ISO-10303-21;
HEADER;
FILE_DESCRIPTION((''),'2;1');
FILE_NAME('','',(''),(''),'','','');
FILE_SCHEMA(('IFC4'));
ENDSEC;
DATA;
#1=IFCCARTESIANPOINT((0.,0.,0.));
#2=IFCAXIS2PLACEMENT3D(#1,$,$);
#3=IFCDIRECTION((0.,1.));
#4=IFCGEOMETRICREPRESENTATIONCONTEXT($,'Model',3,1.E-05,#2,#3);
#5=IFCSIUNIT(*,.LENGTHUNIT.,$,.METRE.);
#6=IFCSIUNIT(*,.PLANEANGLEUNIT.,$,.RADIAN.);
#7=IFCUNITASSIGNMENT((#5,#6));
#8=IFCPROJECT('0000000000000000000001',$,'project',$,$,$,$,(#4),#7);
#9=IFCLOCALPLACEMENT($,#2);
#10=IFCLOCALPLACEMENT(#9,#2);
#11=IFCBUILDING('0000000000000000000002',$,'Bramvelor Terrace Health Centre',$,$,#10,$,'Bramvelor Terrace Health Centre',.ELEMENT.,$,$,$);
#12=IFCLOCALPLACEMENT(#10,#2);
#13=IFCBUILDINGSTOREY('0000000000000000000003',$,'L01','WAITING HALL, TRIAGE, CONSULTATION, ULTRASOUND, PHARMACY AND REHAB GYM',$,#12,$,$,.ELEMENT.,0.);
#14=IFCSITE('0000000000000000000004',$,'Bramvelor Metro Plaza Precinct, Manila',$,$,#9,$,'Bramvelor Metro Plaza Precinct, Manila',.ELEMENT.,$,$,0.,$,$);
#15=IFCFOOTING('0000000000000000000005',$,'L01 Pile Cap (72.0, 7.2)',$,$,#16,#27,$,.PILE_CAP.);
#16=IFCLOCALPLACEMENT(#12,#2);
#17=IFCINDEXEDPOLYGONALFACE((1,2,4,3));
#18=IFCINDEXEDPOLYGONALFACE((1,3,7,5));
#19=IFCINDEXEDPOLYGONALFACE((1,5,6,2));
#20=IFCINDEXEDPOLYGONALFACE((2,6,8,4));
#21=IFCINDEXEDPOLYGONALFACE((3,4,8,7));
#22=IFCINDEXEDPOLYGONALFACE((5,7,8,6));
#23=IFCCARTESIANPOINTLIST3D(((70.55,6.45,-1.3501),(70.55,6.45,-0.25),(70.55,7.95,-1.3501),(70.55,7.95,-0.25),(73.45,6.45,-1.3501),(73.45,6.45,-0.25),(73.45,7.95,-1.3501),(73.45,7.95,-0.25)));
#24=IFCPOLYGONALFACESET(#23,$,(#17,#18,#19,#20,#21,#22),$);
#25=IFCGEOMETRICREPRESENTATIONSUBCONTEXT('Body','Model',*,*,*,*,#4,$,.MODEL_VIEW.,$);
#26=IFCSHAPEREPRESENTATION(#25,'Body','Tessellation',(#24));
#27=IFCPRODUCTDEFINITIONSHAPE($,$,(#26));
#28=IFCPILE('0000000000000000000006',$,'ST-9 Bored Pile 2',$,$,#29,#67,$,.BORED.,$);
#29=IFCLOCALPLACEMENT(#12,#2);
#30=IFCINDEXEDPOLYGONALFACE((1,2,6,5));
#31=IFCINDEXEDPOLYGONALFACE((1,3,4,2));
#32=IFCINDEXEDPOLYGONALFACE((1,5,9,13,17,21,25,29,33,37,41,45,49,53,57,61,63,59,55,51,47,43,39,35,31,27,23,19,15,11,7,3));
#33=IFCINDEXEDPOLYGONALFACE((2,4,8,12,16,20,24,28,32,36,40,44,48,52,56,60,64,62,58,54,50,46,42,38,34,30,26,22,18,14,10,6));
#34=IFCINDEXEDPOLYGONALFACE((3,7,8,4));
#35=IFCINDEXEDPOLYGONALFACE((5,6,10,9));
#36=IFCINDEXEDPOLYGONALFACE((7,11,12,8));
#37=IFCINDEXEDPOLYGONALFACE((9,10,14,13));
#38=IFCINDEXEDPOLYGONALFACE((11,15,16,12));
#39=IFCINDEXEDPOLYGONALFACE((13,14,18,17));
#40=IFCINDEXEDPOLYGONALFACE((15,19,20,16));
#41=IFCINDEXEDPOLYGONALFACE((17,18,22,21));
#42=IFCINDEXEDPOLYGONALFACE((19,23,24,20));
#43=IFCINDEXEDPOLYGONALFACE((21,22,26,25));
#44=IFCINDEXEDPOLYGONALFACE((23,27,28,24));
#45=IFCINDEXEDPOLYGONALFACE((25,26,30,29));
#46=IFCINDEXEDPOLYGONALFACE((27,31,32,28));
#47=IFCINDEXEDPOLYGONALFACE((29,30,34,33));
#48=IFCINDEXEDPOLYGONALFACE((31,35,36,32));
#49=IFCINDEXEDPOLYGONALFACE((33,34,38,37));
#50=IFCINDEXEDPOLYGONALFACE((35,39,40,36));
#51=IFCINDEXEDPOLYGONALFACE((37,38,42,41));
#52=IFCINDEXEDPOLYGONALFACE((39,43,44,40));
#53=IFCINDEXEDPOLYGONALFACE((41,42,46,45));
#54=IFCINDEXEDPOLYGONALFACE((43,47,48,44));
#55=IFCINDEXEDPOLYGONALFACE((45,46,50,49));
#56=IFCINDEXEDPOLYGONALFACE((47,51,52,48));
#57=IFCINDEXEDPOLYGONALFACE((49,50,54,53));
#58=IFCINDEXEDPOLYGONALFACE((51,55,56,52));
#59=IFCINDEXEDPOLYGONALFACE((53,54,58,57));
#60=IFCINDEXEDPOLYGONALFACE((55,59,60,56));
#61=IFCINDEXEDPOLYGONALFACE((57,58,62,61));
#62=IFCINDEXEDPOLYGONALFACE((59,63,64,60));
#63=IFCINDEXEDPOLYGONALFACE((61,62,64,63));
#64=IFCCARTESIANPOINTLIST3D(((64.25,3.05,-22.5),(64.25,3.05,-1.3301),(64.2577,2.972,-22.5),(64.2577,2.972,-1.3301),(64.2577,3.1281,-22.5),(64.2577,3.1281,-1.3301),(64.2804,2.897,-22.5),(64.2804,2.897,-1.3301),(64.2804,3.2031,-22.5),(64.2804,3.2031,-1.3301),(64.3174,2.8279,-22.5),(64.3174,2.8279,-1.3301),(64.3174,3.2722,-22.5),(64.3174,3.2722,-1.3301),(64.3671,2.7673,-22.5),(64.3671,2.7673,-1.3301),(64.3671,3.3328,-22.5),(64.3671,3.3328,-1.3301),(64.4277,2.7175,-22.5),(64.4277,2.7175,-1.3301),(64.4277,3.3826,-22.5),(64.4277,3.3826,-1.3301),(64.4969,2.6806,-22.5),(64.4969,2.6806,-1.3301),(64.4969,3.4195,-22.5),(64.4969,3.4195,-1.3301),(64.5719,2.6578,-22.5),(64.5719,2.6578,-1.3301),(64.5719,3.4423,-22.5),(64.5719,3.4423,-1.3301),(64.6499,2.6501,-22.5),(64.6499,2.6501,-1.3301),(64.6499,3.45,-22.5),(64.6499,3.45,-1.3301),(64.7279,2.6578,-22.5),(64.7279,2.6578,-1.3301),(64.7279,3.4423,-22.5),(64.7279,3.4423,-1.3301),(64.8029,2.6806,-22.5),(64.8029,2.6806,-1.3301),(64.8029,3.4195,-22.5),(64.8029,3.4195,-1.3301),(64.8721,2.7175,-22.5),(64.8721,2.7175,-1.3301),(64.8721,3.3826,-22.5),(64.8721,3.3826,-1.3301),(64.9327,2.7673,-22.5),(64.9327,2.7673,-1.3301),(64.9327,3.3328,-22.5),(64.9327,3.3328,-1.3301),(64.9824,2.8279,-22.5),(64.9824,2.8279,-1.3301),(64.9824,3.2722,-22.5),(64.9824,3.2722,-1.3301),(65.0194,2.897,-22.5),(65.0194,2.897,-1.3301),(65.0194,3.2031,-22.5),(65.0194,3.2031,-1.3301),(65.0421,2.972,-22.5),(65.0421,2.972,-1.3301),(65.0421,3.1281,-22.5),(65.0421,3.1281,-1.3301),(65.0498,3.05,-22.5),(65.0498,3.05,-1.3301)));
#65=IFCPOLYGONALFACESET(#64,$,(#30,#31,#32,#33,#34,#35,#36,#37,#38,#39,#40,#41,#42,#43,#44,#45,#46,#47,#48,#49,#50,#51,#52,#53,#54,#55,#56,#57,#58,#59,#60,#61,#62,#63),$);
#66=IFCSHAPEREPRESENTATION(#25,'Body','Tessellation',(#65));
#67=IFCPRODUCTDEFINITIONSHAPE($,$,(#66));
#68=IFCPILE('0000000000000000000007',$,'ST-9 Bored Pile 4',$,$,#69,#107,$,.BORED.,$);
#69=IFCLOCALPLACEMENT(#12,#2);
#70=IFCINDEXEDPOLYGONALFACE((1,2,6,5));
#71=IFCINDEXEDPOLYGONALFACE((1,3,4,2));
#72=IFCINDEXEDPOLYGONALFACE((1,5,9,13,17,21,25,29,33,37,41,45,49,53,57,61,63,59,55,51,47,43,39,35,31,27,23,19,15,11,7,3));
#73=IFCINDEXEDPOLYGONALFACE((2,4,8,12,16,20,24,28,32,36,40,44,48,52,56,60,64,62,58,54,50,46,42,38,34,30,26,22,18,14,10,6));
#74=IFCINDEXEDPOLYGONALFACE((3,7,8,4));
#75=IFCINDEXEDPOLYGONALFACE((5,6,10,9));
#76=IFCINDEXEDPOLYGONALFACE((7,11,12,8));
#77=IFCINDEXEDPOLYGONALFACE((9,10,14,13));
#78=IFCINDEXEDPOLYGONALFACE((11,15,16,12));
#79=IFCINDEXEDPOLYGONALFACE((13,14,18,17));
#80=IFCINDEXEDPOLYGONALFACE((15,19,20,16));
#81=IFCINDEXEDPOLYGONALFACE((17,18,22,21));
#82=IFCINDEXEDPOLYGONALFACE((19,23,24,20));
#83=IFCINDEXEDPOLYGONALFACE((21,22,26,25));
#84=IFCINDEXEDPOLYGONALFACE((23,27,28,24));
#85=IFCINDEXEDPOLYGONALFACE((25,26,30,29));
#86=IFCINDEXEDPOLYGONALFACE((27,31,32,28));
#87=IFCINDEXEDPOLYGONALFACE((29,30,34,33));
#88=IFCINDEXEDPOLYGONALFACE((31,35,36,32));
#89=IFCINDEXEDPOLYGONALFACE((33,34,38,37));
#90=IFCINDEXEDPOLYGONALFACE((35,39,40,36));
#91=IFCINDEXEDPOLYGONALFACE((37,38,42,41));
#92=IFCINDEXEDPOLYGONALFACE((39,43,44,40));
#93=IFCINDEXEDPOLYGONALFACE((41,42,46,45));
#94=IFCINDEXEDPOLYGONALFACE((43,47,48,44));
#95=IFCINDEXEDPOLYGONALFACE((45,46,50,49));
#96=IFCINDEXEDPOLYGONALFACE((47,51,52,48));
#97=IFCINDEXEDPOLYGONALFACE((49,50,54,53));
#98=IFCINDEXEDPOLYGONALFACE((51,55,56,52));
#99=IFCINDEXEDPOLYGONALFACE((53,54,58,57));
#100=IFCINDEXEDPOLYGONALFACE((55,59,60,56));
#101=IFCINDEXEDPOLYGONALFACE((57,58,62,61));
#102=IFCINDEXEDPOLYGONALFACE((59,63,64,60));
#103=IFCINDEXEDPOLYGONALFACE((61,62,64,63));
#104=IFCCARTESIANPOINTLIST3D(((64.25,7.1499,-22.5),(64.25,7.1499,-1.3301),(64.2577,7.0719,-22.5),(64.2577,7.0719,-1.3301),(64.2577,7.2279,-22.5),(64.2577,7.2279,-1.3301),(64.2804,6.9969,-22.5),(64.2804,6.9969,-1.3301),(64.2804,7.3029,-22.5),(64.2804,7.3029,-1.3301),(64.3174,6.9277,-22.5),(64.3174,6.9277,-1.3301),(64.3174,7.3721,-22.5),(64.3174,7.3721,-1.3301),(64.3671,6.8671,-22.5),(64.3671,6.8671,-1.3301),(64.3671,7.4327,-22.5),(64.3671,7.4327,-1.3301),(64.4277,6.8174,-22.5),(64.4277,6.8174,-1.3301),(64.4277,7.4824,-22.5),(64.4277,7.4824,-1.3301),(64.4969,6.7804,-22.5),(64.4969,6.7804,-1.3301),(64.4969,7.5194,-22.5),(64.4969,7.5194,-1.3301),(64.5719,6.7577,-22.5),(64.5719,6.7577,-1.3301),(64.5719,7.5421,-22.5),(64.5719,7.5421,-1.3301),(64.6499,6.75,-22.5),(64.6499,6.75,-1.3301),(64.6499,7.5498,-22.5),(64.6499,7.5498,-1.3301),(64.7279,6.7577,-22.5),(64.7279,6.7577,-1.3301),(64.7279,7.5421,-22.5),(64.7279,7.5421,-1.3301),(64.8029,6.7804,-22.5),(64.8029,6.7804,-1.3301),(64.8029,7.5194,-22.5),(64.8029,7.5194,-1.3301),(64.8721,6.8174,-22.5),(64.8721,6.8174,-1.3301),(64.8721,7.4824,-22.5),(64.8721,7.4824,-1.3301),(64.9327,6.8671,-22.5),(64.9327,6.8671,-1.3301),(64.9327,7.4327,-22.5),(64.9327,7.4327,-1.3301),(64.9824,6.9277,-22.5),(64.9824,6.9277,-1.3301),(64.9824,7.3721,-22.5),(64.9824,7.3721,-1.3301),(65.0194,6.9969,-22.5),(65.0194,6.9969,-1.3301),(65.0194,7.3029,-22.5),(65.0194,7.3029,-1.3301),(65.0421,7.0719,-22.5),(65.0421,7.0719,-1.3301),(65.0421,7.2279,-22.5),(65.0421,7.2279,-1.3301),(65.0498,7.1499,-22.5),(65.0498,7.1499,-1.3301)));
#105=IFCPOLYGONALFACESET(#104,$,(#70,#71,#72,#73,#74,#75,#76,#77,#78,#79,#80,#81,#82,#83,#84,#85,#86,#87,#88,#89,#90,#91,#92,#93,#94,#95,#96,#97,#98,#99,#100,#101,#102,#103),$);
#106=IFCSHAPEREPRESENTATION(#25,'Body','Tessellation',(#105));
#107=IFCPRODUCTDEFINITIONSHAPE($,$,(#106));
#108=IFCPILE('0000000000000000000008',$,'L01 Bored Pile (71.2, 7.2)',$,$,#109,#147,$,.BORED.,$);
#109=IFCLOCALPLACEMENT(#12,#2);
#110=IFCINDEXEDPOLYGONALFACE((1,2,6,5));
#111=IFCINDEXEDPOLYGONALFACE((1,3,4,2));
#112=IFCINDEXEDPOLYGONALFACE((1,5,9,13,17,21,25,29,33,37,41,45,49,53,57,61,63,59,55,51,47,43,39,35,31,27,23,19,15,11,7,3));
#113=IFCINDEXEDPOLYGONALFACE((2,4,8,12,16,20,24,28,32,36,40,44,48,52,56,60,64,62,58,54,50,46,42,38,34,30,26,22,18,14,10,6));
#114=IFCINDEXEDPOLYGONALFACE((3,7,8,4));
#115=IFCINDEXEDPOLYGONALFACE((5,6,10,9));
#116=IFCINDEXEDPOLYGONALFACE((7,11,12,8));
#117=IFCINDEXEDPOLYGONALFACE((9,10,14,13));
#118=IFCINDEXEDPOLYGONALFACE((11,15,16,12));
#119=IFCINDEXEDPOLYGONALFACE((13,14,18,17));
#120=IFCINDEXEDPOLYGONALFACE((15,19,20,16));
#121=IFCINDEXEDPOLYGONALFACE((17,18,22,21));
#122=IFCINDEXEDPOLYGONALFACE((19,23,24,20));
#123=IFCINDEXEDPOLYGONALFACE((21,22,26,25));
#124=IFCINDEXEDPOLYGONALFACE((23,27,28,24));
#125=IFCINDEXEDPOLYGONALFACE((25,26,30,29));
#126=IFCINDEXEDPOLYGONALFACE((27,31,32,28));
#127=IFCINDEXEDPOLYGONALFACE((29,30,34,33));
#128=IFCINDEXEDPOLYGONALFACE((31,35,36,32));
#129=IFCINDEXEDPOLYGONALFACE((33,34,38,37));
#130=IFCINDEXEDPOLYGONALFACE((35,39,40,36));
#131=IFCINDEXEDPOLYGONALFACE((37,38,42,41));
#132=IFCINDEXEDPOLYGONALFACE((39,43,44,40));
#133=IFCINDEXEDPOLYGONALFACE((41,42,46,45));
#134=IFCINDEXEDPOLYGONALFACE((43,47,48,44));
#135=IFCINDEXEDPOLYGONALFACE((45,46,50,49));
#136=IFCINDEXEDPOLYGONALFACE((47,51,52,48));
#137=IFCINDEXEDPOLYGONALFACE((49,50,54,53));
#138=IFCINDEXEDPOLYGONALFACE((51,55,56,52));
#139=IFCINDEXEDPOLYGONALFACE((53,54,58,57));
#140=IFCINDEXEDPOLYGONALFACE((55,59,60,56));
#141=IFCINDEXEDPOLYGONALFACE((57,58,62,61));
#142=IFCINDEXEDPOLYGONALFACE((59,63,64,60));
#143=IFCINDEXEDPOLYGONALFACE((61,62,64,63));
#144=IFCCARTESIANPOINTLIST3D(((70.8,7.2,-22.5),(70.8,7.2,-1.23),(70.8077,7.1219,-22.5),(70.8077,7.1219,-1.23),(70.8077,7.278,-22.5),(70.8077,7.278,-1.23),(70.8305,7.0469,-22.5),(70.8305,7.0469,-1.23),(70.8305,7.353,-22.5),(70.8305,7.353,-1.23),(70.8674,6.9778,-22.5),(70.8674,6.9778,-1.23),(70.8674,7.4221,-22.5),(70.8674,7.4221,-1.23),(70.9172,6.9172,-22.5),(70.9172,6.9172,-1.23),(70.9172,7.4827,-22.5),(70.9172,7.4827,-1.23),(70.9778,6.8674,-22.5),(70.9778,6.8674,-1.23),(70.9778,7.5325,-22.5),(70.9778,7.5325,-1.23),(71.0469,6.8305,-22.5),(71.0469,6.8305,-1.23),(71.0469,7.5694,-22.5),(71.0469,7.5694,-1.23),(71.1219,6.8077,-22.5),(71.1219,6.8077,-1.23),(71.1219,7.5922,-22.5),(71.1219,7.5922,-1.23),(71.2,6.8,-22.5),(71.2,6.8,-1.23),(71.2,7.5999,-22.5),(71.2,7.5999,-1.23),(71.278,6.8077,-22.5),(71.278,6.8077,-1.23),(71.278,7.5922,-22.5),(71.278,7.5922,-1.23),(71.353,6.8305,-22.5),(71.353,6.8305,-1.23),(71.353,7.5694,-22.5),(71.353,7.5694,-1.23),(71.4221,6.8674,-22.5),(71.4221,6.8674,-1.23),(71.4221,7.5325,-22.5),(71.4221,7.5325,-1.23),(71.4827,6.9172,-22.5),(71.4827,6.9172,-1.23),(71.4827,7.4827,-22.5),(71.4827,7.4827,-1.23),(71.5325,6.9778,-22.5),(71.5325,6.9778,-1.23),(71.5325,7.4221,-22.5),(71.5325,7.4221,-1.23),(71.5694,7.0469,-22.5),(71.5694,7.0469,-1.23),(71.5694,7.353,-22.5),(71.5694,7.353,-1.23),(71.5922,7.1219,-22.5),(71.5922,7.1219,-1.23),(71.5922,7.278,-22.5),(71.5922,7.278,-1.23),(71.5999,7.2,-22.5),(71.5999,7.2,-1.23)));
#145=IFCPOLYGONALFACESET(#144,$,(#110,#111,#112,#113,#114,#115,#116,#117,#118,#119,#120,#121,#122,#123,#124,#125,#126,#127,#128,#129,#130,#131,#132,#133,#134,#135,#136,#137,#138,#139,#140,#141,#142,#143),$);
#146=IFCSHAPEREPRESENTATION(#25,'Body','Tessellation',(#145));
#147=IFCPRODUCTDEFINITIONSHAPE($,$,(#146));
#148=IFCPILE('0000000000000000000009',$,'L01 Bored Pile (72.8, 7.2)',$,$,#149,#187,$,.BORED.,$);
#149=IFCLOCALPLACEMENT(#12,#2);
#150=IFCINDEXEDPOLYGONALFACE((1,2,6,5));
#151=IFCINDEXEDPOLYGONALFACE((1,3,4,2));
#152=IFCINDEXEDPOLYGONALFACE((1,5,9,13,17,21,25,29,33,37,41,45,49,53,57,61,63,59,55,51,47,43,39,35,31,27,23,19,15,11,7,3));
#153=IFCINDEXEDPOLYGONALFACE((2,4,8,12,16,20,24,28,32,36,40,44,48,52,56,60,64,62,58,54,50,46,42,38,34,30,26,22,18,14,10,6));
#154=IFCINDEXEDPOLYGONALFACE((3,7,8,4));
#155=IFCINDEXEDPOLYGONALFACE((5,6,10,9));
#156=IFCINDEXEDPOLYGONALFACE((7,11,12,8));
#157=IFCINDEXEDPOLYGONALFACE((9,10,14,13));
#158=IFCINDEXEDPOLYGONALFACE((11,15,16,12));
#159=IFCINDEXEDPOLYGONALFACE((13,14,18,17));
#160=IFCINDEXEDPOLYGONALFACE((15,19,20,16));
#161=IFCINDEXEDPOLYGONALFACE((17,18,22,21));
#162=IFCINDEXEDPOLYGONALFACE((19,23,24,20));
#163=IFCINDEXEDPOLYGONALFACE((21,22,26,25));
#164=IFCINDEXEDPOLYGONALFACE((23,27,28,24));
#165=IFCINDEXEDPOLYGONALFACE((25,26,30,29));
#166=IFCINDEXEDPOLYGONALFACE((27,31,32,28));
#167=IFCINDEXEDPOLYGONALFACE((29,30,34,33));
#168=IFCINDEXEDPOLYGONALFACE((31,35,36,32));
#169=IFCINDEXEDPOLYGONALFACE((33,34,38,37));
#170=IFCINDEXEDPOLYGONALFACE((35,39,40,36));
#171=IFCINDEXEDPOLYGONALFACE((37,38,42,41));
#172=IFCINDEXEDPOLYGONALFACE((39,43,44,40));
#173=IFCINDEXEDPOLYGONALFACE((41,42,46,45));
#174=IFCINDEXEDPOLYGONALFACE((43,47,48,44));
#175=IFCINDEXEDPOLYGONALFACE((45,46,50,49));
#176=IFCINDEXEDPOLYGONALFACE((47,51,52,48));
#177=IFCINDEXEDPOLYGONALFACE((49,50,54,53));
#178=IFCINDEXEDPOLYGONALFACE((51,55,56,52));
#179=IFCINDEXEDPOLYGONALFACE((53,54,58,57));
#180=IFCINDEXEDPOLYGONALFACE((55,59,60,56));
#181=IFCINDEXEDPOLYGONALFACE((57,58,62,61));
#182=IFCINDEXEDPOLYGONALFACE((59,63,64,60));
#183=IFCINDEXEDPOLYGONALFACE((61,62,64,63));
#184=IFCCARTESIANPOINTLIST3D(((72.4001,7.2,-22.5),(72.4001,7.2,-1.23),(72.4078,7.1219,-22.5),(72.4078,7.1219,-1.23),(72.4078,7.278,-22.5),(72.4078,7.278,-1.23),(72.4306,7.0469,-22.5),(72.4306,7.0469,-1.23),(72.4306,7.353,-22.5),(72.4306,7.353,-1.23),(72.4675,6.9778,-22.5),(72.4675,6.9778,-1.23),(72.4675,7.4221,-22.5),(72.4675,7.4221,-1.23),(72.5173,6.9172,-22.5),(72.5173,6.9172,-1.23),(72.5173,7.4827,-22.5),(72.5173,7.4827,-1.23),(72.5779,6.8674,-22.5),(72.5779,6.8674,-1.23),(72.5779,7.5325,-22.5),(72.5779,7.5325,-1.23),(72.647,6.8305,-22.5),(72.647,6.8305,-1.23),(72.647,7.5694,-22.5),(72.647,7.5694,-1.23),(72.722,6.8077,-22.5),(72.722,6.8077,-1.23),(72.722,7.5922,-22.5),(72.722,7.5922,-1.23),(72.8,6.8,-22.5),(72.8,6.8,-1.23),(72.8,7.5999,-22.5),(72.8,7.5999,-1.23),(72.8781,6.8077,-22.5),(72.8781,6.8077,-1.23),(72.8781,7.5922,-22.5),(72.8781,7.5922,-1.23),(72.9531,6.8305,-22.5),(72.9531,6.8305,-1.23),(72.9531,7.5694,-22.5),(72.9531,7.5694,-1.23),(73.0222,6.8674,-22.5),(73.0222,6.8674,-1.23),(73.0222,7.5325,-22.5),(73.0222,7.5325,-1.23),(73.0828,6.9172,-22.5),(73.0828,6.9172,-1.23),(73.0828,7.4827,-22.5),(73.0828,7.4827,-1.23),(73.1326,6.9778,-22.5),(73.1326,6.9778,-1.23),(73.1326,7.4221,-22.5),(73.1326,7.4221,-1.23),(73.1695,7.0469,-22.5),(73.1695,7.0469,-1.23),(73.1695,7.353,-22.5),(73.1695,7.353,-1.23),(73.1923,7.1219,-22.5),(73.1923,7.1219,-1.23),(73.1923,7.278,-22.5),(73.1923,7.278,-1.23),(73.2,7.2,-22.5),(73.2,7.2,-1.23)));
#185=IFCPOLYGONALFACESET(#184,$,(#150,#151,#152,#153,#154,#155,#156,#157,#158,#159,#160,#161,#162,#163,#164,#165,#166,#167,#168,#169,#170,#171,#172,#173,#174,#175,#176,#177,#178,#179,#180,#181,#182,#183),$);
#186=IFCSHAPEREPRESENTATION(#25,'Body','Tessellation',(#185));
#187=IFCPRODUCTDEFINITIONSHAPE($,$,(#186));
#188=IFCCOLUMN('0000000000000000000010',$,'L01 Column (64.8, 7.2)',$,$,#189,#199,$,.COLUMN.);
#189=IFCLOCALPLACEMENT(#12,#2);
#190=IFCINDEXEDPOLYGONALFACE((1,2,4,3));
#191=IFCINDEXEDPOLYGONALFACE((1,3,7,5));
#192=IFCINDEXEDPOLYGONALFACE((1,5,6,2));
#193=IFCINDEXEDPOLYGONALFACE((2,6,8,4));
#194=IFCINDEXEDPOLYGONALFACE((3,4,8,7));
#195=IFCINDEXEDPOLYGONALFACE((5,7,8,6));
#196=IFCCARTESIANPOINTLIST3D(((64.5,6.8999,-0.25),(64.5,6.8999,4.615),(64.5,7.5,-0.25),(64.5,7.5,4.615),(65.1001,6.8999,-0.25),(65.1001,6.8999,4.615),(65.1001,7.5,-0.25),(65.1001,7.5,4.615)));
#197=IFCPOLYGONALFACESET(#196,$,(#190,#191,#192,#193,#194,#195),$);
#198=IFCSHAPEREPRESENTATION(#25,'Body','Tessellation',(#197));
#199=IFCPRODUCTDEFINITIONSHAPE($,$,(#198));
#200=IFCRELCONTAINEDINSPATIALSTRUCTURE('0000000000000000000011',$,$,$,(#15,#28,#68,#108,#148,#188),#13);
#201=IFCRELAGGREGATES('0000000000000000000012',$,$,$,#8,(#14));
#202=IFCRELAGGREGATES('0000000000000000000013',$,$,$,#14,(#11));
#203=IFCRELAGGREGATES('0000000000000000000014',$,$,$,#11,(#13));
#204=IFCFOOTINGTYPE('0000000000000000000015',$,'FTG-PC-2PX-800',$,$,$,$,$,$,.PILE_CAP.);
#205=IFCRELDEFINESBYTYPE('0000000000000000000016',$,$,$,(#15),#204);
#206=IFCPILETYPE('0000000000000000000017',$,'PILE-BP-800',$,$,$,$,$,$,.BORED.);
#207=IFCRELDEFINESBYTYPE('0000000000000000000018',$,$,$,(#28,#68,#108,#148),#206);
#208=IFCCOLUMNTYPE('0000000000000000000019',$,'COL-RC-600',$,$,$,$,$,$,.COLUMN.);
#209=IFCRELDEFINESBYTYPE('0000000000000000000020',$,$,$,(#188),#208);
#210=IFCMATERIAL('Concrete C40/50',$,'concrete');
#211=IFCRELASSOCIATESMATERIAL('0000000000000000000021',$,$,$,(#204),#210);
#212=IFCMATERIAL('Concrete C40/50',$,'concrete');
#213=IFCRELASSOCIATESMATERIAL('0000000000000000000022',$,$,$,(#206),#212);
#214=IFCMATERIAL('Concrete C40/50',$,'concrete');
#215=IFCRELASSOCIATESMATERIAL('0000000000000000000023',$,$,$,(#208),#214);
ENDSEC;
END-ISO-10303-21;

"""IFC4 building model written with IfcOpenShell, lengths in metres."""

from ifc_helpers import new_model, si_unit, direction, frame, origin, origin_2d, place, context, subcontext, project, spatial, rectangle, circle, extrude, material, material_profile, profile_set, type_object, element, save


model = new_model("IFC4")

# Units and contexts
model_context = context("Model", 3, precision=1e-05, world=origin(), true_north=direction((0.0, 1.0)))
body_context = subcontext(model_context, "Body", "Model", "MODEL_VIEW")
ifc_project = project(units=[si_unit("LENGTHUNIT", "METRE"), si_unit("PLANEANGLEUNIT", "RADIAN")], contexts=[model_context])

# Site, building, storey
site_placement = place(None, origin())
site = spatial("IfcSite", under=ifc_project, at=site_placement, Name="Bramvelor Metro Plaza Precinct, Manila", LongName="Bramvelor Metro Plaza Precinct, Manila", CompositionType="ELEMENT", RefElevation=0.0)
building_placement = place(site_placement, origin())
building = spatial("IfcBuilding", under=site, at=building_placement, Name="Bramvelor Terrace Health Centre", LongName="Bramvelor Terrace Health Centre", CompositionType="ELEMENT")
storey_placement = place(building_placement, origin())
storey = spatial("IfcBuildingStorey", under=building, at=storey_placement, Name="L01", Description="WAITING HALL, TRIAGE, CONSULTATION, ULTRASOUND, PHARMACY AND REHAB GYM", CompositionType="ELEMENT", Elevation=0.0)

# Footing
ifc_material_1 = material(Name="Concrete C40/50", Category="concrete")
footing_type = type_object("IfcFootingType", Name="FTG-PC-2PX-800", PredefinedType="PILE_CAP", material=ifc_material_1)
footing_placement = place(storey_placement, frame((72.0, 7.2, -1.3501), z_axis=(0.0, 0.0, 1.0), x_axis=(1.0, 0.0, 0.0)))
element("IfcFooting", 1, at=footing_placement, inside=storey, type_object=footing_type, Name="L01 Pile Cap (72.0, 7.2)", PredefinedType="PILE_CAP", context=body_context, shape_type="SweptSolid", body=[
    extrude(rectangle(XDim=2.8999, YDim=1.5, at=origin_2d()), origin(), (0.0, 0.0, 1.0), 1.1001),
])

# Piles
ifc_material_2 = material(Name="Concrete C40/50", Category="concrete")
ifc_material_profile_1 = material_profile(ifc_material_2, circle(Radius=0.3999, at=origin_2d()), Name="BP D800")
ifc_profile_set_1 = profile_set([ifc_material_profile_1], Name="Concrete C40/50")
pile_type = type_object("IfcPileType", Name="PILE-BP-800", PredefinedType="BORED", material=ifc_profile_set_1)
for number, where, z_axis, x_axis, name in (
    (2, (64.6499, 3.05, -1.3301), (0.0, 0.0, -1.0), (1.0, 0.0, 0.0), "ST-9 Bored Pile 2"),
    (3, (64.6499, 7.1499, -1.3301), (0.0, 0.0, -1.0), (1.0, 0.0, 0.0), "ST-9 Bored Pile 4"),
):
    element("IfcPile", number, at=place(storey_placement, frame(where, z_axis=z_axis, x_axis=x_axis)), inside=storey, type_object=pile_type, Name=name, PredefinedType="BORED", context=body_context, shape_type="SweptSolid", body=[
        extrude(circle(Radius=0.3999, at=origin_2d()), origin(), (0.0, 0.0, 1.0), 21.1699),
    ])
for number, where, z_axis, x_axis, name in (
    (4, (71.2, 7.2, -1.23), (0.0, 0.0, -1.0), (1.0, 0.0, 0.0), "L01 Bored Pile (71.2, 7.2)"),
    (5, (72.8, 7.2, -1.23), (0.0, 0.0, -1.0), (1.0, 0.0, 0.0), "L01 Bored Pile (72.8, 7.2)"),
):
    element("IfcPile", number, at=place(storey_placement, frame(where, z_axis=z_axis, x_axis=x_axis)), inside=storey, type_object=pile_type, Name=name, PredefinedType="BORED", context=body_context, shape_type="SweptSolid", body=[
        extrude(circle(Radius=0.3999, at=origin_2d()), origin(), (0.0, 0.0, 1.0), 21.27),
    ])

# Column
ifc_material_3 = material(Name="Concrete C40/50", Category="concrete")
ifc_material_profile_2 = material_profile(ifc_material_3, rectangle(XDim=0.6001, YDim=0.6001, at=origin_2d()), Name="RC 600x600")
ifc_profile_set_2 = profile_set([ifc_material_profile_2], Name="Concrete C40/50")
column_type = type_object("IfcColumnType", Name="COL-RC-600", PredefinedType="COLUMN", material=ifc_profile_set_2)
for number, where, z_axis, x_axis, name in (
    (6, (64.8, 7.2, -0.25), (0.0, 0.0, 1.0), (1.0, 0.0, 0.0), "L01 Column (64.8, 7.2)"),
):
    element("IfcColumn", number, at=place(storey_placement, frame(where, z_axis=z_axis, x_axis=x_axis)), inside=storey, type_object=column_type, Name=name, PredefinedType="COLUMN", context=body_context, shape_type="SweptSolid", body=[
        extrude(rectangle(XDim=0.6001, YDim=0.6001, at=origin_2d()), origin(), (0.0, 0.0, 1.0), 4.865),
    ])

save(model, "model.ifc")
